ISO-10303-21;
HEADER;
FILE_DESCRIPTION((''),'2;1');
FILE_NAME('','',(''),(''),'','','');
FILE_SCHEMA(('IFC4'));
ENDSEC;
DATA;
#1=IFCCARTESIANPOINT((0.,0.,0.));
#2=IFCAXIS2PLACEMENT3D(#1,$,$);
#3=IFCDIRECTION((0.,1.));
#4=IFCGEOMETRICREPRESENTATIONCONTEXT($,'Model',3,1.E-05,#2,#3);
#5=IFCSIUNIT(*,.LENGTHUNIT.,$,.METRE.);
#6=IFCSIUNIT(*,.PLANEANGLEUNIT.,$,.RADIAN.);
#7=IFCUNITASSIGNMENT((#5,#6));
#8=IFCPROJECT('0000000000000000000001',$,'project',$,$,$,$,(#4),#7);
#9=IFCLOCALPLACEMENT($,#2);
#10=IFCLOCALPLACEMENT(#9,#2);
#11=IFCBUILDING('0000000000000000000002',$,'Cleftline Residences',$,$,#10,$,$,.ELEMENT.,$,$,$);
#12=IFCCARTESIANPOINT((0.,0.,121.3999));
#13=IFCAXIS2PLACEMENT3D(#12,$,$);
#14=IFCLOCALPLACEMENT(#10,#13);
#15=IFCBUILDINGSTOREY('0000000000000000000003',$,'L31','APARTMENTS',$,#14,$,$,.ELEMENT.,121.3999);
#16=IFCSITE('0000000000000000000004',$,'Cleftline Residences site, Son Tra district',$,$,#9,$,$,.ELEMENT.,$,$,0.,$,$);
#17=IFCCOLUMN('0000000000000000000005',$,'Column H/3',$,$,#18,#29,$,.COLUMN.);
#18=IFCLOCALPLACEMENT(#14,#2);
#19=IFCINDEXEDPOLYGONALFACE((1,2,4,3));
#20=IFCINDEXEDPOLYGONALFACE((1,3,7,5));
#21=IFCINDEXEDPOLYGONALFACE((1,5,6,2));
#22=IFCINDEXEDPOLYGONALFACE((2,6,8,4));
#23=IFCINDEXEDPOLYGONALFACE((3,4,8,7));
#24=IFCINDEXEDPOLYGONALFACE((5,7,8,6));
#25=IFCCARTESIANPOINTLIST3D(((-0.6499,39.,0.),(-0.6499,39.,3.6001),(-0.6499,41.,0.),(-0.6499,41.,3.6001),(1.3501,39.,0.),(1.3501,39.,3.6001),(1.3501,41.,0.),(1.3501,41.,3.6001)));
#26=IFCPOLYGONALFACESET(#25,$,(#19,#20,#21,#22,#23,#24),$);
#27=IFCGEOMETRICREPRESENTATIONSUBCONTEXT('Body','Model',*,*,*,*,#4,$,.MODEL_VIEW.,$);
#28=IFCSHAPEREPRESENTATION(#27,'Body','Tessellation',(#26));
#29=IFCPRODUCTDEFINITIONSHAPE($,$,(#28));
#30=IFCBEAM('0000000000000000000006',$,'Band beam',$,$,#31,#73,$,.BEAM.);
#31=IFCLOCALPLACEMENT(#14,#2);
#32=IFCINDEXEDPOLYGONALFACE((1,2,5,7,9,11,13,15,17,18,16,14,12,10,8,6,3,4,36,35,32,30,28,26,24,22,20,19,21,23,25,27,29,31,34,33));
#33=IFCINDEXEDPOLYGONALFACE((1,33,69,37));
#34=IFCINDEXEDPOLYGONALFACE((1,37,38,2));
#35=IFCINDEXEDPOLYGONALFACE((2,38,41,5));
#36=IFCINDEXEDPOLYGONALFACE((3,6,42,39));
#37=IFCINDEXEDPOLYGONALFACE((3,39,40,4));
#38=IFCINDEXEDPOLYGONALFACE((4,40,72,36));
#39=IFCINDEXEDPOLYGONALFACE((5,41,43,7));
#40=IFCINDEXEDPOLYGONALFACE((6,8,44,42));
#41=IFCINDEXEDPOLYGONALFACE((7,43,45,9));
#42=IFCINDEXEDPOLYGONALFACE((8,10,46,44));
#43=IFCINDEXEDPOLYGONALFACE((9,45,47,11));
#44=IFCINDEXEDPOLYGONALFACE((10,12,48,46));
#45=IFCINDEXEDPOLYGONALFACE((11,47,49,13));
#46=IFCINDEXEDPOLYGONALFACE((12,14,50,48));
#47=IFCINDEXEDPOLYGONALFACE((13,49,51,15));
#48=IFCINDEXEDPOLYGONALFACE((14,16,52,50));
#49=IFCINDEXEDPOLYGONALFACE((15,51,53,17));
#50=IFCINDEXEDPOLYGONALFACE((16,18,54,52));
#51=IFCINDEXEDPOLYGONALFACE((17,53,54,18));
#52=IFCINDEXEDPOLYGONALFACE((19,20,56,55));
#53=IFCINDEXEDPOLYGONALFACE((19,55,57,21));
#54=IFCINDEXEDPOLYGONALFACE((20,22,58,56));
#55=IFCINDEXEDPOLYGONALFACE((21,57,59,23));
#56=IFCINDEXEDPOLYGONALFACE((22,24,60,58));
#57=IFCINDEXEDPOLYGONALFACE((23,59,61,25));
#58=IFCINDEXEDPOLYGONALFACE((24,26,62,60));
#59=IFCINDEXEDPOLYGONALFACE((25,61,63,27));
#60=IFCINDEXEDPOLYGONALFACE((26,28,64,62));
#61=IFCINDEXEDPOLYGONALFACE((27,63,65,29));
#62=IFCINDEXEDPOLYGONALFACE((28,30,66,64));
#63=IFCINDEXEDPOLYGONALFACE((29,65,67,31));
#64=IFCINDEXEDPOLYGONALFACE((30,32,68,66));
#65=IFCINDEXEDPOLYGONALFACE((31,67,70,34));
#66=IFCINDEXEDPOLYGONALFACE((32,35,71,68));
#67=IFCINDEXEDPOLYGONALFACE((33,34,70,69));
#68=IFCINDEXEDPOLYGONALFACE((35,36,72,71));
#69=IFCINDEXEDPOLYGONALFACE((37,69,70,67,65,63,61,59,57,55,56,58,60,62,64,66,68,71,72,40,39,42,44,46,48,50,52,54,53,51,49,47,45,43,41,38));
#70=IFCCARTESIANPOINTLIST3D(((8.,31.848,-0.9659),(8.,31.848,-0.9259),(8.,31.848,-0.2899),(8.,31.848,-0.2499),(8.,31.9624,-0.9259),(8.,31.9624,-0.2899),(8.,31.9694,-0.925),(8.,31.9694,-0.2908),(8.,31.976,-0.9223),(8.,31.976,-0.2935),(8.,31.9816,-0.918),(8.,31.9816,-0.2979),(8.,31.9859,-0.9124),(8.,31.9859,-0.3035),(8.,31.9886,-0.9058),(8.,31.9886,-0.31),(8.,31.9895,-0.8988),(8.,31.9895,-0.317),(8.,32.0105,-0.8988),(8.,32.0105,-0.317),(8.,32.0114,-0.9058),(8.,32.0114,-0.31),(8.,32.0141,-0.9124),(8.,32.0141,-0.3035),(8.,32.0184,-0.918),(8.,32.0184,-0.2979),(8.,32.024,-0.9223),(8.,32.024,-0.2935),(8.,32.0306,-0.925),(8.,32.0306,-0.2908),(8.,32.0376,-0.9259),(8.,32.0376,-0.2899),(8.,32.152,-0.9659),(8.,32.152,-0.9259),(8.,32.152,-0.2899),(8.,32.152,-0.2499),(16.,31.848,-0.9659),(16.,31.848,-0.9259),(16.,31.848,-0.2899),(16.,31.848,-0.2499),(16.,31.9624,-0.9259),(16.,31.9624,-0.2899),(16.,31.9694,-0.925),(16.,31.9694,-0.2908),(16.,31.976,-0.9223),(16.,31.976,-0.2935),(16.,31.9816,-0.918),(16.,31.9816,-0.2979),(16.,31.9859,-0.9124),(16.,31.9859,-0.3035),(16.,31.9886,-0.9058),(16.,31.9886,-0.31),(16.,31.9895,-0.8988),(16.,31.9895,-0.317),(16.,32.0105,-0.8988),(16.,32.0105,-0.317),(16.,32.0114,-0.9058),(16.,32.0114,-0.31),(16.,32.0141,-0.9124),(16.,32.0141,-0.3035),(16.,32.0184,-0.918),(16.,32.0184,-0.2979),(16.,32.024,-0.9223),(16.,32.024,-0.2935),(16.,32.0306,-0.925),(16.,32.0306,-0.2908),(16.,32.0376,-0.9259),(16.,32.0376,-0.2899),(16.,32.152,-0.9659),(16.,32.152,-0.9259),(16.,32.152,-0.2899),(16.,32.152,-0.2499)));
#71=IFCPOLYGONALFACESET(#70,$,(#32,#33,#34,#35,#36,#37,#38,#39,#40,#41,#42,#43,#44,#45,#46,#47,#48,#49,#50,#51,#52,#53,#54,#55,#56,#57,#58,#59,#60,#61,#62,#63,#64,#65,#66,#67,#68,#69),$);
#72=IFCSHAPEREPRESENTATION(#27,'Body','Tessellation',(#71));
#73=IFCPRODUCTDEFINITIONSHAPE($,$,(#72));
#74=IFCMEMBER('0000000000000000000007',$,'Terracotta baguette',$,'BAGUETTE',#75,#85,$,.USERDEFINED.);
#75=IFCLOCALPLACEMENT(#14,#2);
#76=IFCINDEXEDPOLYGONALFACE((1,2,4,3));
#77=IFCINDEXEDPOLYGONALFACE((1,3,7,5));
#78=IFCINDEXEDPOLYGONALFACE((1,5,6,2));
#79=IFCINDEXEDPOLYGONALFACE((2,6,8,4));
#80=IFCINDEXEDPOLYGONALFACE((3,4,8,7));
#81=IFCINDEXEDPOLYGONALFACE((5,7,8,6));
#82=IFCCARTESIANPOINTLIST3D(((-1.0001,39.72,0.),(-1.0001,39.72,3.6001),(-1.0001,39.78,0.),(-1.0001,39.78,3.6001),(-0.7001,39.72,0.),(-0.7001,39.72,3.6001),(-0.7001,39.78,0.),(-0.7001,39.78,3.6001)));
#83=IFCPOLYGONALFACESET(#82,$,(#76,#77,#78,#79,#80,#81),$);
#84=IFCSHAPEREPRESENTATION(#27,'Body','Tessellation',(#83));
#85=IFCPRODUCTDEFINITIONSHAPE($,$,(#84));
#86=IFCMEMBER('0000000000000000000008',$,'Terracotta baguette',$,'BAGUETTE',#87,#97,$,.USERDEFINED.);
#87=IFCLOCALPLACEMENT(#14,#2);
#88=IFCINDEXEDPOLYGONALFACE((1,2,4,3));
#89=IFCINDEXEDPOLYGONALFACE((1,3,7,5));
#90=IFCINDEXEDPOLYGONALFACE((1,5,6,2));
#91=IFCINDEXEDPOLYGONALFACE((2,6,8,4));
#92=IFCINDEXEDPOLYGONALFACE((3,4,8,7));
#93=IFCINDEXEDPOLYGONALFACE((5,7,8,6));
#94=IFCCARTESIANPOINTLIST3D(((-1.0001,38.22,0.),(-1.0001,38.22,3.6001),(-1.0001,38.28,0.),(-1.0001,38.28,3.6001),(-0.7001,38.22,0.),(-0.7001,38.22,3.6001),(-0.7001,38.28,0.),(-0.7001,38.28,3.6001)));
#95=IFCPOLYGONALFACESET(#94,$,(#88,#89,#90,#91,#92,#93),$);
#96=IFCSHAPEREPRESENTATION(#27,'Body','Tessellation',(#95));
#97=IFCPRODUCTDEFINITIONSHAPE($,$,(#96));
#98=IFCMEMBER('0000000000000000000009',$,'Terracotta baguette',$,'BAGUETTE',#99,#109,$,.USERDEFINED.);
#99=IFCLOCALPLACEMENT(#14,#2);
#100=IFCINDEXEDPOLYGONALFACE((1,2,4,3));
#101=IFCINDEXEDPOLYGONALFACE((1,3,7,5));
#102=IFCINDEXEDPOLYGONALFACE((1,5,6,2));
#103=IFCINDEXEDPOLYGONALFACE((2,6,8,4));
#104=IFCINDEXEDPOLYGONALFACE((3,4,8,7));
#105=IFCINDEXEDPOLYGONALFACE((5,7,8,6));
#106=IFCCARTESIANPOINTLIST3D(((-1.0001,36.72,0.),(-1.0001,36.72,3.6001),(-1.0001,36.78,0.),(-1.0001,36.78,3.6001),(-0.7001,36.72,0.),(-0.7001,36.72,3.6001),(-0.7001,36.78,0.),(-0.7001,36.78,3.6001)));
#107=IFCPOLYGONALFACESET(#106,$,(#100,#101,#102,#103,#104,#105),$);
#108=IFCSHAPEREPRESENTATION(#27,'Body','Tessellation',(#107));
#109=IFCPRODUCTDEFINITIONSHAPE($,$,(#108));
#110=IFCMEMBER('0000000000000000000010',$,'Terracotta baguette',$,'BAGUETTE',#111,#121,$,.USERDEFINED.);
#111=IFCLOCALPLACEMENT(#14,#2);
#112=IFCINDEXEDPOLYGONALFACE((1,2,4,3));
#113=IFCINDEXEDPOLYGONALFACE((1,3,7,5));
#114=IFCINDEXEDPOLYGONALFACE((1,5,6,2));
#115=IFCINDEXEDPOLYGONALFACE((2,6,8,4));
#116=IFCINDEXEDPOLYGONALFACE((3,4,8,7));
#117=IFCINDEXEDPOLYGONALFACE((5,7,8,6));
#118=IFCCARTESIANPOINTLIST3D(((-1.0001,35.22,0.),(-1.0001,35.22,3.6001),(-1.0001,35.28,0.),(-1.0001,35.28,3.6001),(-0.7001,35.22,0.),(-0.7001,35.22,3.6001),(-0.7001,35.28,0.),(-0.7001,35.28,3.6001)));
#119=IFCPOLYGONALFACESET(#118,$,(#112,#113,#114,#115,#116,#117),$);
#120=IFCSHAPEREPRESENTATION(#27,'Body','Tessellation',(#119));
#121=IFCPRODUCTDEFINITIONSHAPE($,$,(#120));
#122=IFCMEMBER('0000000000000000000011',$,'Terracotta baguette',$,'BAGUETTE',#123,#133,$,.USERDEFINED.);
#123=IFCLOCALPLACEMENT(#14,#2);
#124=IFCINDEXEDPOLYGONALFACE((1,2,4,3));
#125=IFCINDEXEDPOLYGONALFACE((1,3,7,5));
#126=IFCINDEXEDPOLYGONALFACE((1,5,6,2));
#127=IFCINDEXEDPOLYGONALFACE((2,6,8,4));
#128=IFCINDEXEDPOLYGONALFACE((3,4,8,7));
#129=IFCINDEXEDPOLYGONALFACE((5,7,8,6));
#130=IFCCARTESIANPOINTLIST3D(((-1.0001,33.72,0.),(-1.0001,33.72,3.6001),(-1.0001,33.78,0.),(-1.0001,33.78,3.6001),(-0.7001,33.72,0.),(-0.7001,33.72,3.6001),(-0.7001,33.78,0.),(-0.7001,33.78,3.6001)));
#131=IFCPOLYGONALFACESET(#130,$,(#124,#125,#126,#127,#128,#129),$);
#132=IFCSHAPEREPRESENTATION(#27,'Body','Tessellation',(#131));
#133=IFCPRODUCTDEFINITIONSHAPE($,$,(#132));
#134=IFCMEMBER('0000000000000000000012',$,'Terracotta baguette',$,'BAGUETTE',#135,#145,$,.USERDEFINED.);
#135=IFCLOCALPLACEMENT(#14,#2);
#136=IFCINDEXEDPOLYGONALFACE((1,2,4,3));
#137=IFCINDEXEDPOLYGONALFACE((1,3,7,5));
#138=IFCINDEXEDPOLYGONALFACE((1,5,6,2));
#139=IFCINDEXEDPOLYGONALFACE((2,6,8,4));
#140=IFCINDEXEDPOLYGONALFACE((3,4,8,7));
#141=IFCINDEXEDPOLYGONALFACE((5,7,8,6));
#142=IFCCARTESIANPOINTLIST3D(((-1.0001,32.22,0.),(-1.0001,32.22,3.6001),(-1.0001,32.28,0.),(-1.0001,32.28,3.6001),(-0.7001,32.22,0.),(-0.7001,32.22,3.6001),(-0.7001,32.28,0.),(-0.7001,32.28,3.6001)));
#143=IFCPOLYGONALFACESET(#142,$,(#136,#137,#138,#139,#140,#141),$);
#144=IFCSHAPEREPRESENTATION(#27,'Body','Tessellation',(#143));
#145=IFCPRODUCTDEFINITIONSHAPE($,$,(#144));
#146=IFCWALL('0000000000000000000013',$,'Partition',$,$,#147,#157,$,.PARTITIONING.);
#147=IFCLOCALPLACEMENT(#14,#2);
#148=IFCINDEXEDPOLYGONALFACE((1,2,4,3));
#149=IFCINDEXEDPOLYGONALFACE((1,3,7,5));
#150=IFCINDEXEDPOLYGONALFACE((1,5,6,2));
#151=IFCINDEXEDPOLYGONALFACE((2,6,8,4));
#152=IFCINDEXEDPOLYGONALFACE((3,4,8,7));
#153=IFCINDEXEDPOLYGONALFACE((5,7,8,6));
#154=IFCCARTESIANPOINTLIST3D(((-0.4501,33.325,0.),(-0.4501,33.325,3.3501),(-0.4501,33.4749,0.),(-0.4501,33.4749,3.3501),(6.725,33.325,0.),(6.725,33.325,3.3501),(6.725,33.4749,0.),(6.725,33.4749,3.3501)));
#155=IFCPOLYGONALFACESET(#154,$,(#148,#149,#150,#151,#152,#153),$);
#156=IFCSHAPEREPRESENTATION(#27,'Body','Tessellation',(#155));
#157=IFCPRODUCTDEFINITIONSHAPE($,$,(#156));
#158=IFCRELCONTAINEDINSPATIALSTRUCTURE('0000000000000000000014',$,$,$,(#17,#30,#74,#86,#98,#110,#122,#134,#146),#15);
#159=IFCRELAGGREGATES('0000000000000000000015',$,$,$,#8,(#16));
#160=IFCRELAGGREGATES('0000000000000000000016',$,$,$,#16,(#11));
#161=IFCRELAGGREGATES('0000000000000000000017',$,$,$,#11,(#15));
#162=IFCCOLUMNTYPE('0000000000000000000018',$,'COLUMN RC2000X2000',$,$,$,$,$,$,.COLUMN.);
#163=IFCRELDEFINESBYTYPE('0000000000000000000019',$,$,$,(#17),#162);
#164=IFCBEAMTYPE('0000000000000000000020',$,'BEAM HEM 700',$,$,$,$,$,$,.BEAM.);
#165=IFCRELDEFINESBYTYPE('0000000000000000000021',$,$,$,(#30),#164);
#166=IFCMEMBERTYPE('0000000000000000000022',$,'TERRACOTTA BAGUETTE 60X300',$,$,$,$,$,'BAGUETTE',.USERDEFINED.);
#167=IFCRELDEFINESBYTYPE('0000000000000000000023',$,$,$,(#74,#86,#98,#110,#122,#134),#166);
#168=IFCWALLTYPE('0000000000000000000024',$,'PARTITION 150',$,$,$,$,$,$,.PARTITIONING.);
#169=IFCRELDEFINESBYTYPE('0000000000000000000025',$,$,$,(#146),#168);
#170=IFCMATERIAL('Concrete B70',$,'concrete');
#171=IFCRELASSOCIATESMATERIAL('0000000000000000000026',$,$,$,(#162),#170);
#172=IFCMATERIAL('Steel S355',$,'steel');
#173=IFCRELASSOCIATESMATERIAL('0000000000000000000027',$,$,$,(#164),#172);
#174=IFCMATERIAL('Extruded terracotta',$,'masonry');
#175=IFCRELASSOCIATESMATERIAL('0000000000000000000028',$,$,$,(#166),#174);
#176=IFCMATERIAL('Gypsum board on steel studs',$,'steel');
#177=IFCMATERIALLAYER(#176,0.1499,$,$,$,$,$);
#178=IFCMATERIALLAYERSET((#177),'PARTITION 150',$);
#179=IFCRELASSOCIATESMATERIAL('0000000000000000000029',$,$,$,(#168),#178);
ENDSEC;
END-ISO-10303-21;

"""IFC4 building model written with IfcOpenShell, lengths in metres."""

from ifc_helpers import new_model, si_unit, direction, frame, frame_2d, origin, origin_2d, place, context, subcontext, project, spatial, rectangle, i_section, extrude, material, layer, layer_set, material_profile, profile_set, type_object, element, save


model = new_model("IFC4")

# Units and contexts
model_context = context("Model", 3, precision=1e-05, world=origin(), true_north=direction((0.0, 1.0)))
body_context = subcontext(model_context, "Body", "Model", "MODEL_VIEW")
ifc_project = project(units=[si_unit("LENGTHUNIT", "METRE"), si_unit("PLANEANGLEUNIT", "RADIAN")], contexts=[model_context])

# Site, building, storey
site_placement = place(None, origin())
site = spatial("IfcSite", under=ifc_project, at=site_placement, Name="Cleftline Residences site, Son Tra district", CompositionType="ELEMENT", RefElevation=0.0)
building_placement = place(site_placement, origin())
building = spatial("IfcBuilding", under=site, at=building_placement, Name="Cleftline Residences", CompositionType="ELEMENT")
storey_placement = place(building_placement, frame((0.0, 0.0, 121.3999)))
storey = spatial("IfcBuildingStorey", under=building, at=storey_placement, Name="L31", Description="APARTMENTS", CompositionType="ELEMENT", Elevation=121.3999)

# Column
ifc_material_1 = material(Name="Concrete B70", Category="concrete")
ifc_material_profile_1 = material_profile(ifc_material_1, rectangle(XDim=2.0, YDim=2.0, at=origin_2d()))
ifc_profile_set_1 = profile_set([ifc_material_profile_1], Name="Concrete B70")
column_type = type_object("IfcColumnType", Name="COLUMN RC2000X2000", PredefinedType="COLUMN", material=ifc_profile_set_1)
column_placement = place(storey_placement, frame((0.3501, 40.0, 0.0), z_axis=(0.0, 0.0, 1.0), x_axis=(1.0, 0.0, 0.0)))
element("IfcColumn", 1, at=column_placement, inside=storey, type_object=column_type, Name="Column H/3", PredefinedType="COLUMN", context=body_context, shape_type="SweptSolid", body=[
    extrude(rectangle(XDim=2.0, YDim=2.0, at=origin_2d()), origin(), (0.0, 0.0, 1.0), 3.6001),
])

# Beam
ifc_material_2 = material(Name="Steel S355", Category="steel")
ifc_material_profile_2 = material_profile(ifc_material_2, i_section(OverallWidth=0.304, OverallDepth=0.7161, WebThickness=0.021, FlangeThickness=0.04, FilletRadius=0.0271, at=origin_2d()))
ifc_profile_set_2 = profile_set([ifc_material_profile_2], Name="Steel S355")
beam_type = type_object("IfcBeamType", Name="BEAM HEM 700", PredefinedType="BEAM", material=ifc_profile_set_2)
beam_placement = place(storey_placement, frame((8.0, 32.0, -0.6079), z_axis=(1.0, 0.0, 0.0), x_axis=(0.0, 1.0, 0.0)))
element("IfcBeam", 2, at=beam_placement, inside=storey, type_object=beam_type, Name="Band beam", PredefinedType="BEAM", context=body_context, shape_type="SweptSolid", body=[
    extrude(i_section(OverallWidth=0.304, OverallDepth=0.7161, WebThickness=0.021, FlangeThickness=0.04, FilletRadius=0.0271, at=origin_2d()), origin(), (0.0, 0.0, 1.0), 8.0),
])

# Members
ifc_material_3 = material(Name="Extruded terracotta", Category="masonry")
ifc_material_profile_3 = material_profile(ifc_material_3, rectangle(XDim=0.0601, YDim=0.3, at=origin_2d()))
ifc_profile_set_3 = profile_set([ifc_material_profile_3], Name="Extruded terracotta")
member_type = type_object("IfcMemberType", Name="TERRACOTTA BAGUETTE 60X300", ElementType="BAGUETTE", PredefinedType="USERDEFINED", material=ifc_profile_set_3)
for number, where, z_axis, x_axis, name in (
    (3, (-0.8501, 39.75, 0.0), (0.0, 0.0, 1.0), (0.0, 1.0, 0.0), "Terracotta baguette"),
    (4, (-0.8501, 38.25, 0.0), (0.0, 0.0, 1.0), (0.0, 1.0, 0.0), "Terracotta baguette"),
    (5, (-0.8501, 36.75, 0.0), (0.0, 0.0, 1.0), (0.0, 1.0, 0.0), "Terracotta baguette"),
    (6, (-0.8501, 35.25, 0.0), (0.0, 0.0, 1.0), (0.0, 1.0, 0.0), "Terracotta baguette"),
    (7, (-0.8501, 33.75, 0.0), (0.0, 0.0, 1.0), (0.0, 1.0, 0.0), "Terracotta baguette"),
    (8, (-0.8501, 32.25, 0.0), (0.0, 0.0, 1.0), (0.0, 1.0, 0.0), "Terracotta baguette"),
):
    element("IfcMember", number, at=place(storey_placement, frame(where, z_axis=z_axis, x_axis=x_axis)), inside=storey, type_object=member_type, Name=name, ObjectType="BAGUETTE", PredefinedType="USERDEFINED", context=body_context, shape_type="SweptSolid", body=[
        extrude(rectangle(XDim=0.0601, YDim=0.3, at=origin_2d()), origin(), (0.0, 0.0, 1.0), 3.6001),
    ])

# Wall
ifc_material_4 = material(Name="Gypsum board on steel studs", Category="steel")
ifc_layer = layer(ifc_material_4, 0.1499)
ifc_layer_set = layer_set([ifc_layer], Name="PARTITION 150")
wall_type = type_object("IfcWallType", Name="PARTITION 150", PredefinedType="PARTITIONING", material=ifc_layer_set)
wall_1_placement = place(storey_placement, frame((-0.45, 33.3999, 0.0), z_axis=(0.0, 0.0, 1.0), x_axis=(1.0, 0.0, 0.0)))
element("IfcWall", 9, at=wall_1_placement, inside=storey, type_object=wall_type, Name="Partition", PredefinedType="PARTITIONING", context=body_context, shape_type="SweptSolid", body=[
    extrude(rectangle(XDim=7.175, YDim=0.1499, at=frame_2d((3.5874, 0.0))), origin(), (0.0, 0.0, 1.0), 3.3501),
])

save(model, "model.ifc")
